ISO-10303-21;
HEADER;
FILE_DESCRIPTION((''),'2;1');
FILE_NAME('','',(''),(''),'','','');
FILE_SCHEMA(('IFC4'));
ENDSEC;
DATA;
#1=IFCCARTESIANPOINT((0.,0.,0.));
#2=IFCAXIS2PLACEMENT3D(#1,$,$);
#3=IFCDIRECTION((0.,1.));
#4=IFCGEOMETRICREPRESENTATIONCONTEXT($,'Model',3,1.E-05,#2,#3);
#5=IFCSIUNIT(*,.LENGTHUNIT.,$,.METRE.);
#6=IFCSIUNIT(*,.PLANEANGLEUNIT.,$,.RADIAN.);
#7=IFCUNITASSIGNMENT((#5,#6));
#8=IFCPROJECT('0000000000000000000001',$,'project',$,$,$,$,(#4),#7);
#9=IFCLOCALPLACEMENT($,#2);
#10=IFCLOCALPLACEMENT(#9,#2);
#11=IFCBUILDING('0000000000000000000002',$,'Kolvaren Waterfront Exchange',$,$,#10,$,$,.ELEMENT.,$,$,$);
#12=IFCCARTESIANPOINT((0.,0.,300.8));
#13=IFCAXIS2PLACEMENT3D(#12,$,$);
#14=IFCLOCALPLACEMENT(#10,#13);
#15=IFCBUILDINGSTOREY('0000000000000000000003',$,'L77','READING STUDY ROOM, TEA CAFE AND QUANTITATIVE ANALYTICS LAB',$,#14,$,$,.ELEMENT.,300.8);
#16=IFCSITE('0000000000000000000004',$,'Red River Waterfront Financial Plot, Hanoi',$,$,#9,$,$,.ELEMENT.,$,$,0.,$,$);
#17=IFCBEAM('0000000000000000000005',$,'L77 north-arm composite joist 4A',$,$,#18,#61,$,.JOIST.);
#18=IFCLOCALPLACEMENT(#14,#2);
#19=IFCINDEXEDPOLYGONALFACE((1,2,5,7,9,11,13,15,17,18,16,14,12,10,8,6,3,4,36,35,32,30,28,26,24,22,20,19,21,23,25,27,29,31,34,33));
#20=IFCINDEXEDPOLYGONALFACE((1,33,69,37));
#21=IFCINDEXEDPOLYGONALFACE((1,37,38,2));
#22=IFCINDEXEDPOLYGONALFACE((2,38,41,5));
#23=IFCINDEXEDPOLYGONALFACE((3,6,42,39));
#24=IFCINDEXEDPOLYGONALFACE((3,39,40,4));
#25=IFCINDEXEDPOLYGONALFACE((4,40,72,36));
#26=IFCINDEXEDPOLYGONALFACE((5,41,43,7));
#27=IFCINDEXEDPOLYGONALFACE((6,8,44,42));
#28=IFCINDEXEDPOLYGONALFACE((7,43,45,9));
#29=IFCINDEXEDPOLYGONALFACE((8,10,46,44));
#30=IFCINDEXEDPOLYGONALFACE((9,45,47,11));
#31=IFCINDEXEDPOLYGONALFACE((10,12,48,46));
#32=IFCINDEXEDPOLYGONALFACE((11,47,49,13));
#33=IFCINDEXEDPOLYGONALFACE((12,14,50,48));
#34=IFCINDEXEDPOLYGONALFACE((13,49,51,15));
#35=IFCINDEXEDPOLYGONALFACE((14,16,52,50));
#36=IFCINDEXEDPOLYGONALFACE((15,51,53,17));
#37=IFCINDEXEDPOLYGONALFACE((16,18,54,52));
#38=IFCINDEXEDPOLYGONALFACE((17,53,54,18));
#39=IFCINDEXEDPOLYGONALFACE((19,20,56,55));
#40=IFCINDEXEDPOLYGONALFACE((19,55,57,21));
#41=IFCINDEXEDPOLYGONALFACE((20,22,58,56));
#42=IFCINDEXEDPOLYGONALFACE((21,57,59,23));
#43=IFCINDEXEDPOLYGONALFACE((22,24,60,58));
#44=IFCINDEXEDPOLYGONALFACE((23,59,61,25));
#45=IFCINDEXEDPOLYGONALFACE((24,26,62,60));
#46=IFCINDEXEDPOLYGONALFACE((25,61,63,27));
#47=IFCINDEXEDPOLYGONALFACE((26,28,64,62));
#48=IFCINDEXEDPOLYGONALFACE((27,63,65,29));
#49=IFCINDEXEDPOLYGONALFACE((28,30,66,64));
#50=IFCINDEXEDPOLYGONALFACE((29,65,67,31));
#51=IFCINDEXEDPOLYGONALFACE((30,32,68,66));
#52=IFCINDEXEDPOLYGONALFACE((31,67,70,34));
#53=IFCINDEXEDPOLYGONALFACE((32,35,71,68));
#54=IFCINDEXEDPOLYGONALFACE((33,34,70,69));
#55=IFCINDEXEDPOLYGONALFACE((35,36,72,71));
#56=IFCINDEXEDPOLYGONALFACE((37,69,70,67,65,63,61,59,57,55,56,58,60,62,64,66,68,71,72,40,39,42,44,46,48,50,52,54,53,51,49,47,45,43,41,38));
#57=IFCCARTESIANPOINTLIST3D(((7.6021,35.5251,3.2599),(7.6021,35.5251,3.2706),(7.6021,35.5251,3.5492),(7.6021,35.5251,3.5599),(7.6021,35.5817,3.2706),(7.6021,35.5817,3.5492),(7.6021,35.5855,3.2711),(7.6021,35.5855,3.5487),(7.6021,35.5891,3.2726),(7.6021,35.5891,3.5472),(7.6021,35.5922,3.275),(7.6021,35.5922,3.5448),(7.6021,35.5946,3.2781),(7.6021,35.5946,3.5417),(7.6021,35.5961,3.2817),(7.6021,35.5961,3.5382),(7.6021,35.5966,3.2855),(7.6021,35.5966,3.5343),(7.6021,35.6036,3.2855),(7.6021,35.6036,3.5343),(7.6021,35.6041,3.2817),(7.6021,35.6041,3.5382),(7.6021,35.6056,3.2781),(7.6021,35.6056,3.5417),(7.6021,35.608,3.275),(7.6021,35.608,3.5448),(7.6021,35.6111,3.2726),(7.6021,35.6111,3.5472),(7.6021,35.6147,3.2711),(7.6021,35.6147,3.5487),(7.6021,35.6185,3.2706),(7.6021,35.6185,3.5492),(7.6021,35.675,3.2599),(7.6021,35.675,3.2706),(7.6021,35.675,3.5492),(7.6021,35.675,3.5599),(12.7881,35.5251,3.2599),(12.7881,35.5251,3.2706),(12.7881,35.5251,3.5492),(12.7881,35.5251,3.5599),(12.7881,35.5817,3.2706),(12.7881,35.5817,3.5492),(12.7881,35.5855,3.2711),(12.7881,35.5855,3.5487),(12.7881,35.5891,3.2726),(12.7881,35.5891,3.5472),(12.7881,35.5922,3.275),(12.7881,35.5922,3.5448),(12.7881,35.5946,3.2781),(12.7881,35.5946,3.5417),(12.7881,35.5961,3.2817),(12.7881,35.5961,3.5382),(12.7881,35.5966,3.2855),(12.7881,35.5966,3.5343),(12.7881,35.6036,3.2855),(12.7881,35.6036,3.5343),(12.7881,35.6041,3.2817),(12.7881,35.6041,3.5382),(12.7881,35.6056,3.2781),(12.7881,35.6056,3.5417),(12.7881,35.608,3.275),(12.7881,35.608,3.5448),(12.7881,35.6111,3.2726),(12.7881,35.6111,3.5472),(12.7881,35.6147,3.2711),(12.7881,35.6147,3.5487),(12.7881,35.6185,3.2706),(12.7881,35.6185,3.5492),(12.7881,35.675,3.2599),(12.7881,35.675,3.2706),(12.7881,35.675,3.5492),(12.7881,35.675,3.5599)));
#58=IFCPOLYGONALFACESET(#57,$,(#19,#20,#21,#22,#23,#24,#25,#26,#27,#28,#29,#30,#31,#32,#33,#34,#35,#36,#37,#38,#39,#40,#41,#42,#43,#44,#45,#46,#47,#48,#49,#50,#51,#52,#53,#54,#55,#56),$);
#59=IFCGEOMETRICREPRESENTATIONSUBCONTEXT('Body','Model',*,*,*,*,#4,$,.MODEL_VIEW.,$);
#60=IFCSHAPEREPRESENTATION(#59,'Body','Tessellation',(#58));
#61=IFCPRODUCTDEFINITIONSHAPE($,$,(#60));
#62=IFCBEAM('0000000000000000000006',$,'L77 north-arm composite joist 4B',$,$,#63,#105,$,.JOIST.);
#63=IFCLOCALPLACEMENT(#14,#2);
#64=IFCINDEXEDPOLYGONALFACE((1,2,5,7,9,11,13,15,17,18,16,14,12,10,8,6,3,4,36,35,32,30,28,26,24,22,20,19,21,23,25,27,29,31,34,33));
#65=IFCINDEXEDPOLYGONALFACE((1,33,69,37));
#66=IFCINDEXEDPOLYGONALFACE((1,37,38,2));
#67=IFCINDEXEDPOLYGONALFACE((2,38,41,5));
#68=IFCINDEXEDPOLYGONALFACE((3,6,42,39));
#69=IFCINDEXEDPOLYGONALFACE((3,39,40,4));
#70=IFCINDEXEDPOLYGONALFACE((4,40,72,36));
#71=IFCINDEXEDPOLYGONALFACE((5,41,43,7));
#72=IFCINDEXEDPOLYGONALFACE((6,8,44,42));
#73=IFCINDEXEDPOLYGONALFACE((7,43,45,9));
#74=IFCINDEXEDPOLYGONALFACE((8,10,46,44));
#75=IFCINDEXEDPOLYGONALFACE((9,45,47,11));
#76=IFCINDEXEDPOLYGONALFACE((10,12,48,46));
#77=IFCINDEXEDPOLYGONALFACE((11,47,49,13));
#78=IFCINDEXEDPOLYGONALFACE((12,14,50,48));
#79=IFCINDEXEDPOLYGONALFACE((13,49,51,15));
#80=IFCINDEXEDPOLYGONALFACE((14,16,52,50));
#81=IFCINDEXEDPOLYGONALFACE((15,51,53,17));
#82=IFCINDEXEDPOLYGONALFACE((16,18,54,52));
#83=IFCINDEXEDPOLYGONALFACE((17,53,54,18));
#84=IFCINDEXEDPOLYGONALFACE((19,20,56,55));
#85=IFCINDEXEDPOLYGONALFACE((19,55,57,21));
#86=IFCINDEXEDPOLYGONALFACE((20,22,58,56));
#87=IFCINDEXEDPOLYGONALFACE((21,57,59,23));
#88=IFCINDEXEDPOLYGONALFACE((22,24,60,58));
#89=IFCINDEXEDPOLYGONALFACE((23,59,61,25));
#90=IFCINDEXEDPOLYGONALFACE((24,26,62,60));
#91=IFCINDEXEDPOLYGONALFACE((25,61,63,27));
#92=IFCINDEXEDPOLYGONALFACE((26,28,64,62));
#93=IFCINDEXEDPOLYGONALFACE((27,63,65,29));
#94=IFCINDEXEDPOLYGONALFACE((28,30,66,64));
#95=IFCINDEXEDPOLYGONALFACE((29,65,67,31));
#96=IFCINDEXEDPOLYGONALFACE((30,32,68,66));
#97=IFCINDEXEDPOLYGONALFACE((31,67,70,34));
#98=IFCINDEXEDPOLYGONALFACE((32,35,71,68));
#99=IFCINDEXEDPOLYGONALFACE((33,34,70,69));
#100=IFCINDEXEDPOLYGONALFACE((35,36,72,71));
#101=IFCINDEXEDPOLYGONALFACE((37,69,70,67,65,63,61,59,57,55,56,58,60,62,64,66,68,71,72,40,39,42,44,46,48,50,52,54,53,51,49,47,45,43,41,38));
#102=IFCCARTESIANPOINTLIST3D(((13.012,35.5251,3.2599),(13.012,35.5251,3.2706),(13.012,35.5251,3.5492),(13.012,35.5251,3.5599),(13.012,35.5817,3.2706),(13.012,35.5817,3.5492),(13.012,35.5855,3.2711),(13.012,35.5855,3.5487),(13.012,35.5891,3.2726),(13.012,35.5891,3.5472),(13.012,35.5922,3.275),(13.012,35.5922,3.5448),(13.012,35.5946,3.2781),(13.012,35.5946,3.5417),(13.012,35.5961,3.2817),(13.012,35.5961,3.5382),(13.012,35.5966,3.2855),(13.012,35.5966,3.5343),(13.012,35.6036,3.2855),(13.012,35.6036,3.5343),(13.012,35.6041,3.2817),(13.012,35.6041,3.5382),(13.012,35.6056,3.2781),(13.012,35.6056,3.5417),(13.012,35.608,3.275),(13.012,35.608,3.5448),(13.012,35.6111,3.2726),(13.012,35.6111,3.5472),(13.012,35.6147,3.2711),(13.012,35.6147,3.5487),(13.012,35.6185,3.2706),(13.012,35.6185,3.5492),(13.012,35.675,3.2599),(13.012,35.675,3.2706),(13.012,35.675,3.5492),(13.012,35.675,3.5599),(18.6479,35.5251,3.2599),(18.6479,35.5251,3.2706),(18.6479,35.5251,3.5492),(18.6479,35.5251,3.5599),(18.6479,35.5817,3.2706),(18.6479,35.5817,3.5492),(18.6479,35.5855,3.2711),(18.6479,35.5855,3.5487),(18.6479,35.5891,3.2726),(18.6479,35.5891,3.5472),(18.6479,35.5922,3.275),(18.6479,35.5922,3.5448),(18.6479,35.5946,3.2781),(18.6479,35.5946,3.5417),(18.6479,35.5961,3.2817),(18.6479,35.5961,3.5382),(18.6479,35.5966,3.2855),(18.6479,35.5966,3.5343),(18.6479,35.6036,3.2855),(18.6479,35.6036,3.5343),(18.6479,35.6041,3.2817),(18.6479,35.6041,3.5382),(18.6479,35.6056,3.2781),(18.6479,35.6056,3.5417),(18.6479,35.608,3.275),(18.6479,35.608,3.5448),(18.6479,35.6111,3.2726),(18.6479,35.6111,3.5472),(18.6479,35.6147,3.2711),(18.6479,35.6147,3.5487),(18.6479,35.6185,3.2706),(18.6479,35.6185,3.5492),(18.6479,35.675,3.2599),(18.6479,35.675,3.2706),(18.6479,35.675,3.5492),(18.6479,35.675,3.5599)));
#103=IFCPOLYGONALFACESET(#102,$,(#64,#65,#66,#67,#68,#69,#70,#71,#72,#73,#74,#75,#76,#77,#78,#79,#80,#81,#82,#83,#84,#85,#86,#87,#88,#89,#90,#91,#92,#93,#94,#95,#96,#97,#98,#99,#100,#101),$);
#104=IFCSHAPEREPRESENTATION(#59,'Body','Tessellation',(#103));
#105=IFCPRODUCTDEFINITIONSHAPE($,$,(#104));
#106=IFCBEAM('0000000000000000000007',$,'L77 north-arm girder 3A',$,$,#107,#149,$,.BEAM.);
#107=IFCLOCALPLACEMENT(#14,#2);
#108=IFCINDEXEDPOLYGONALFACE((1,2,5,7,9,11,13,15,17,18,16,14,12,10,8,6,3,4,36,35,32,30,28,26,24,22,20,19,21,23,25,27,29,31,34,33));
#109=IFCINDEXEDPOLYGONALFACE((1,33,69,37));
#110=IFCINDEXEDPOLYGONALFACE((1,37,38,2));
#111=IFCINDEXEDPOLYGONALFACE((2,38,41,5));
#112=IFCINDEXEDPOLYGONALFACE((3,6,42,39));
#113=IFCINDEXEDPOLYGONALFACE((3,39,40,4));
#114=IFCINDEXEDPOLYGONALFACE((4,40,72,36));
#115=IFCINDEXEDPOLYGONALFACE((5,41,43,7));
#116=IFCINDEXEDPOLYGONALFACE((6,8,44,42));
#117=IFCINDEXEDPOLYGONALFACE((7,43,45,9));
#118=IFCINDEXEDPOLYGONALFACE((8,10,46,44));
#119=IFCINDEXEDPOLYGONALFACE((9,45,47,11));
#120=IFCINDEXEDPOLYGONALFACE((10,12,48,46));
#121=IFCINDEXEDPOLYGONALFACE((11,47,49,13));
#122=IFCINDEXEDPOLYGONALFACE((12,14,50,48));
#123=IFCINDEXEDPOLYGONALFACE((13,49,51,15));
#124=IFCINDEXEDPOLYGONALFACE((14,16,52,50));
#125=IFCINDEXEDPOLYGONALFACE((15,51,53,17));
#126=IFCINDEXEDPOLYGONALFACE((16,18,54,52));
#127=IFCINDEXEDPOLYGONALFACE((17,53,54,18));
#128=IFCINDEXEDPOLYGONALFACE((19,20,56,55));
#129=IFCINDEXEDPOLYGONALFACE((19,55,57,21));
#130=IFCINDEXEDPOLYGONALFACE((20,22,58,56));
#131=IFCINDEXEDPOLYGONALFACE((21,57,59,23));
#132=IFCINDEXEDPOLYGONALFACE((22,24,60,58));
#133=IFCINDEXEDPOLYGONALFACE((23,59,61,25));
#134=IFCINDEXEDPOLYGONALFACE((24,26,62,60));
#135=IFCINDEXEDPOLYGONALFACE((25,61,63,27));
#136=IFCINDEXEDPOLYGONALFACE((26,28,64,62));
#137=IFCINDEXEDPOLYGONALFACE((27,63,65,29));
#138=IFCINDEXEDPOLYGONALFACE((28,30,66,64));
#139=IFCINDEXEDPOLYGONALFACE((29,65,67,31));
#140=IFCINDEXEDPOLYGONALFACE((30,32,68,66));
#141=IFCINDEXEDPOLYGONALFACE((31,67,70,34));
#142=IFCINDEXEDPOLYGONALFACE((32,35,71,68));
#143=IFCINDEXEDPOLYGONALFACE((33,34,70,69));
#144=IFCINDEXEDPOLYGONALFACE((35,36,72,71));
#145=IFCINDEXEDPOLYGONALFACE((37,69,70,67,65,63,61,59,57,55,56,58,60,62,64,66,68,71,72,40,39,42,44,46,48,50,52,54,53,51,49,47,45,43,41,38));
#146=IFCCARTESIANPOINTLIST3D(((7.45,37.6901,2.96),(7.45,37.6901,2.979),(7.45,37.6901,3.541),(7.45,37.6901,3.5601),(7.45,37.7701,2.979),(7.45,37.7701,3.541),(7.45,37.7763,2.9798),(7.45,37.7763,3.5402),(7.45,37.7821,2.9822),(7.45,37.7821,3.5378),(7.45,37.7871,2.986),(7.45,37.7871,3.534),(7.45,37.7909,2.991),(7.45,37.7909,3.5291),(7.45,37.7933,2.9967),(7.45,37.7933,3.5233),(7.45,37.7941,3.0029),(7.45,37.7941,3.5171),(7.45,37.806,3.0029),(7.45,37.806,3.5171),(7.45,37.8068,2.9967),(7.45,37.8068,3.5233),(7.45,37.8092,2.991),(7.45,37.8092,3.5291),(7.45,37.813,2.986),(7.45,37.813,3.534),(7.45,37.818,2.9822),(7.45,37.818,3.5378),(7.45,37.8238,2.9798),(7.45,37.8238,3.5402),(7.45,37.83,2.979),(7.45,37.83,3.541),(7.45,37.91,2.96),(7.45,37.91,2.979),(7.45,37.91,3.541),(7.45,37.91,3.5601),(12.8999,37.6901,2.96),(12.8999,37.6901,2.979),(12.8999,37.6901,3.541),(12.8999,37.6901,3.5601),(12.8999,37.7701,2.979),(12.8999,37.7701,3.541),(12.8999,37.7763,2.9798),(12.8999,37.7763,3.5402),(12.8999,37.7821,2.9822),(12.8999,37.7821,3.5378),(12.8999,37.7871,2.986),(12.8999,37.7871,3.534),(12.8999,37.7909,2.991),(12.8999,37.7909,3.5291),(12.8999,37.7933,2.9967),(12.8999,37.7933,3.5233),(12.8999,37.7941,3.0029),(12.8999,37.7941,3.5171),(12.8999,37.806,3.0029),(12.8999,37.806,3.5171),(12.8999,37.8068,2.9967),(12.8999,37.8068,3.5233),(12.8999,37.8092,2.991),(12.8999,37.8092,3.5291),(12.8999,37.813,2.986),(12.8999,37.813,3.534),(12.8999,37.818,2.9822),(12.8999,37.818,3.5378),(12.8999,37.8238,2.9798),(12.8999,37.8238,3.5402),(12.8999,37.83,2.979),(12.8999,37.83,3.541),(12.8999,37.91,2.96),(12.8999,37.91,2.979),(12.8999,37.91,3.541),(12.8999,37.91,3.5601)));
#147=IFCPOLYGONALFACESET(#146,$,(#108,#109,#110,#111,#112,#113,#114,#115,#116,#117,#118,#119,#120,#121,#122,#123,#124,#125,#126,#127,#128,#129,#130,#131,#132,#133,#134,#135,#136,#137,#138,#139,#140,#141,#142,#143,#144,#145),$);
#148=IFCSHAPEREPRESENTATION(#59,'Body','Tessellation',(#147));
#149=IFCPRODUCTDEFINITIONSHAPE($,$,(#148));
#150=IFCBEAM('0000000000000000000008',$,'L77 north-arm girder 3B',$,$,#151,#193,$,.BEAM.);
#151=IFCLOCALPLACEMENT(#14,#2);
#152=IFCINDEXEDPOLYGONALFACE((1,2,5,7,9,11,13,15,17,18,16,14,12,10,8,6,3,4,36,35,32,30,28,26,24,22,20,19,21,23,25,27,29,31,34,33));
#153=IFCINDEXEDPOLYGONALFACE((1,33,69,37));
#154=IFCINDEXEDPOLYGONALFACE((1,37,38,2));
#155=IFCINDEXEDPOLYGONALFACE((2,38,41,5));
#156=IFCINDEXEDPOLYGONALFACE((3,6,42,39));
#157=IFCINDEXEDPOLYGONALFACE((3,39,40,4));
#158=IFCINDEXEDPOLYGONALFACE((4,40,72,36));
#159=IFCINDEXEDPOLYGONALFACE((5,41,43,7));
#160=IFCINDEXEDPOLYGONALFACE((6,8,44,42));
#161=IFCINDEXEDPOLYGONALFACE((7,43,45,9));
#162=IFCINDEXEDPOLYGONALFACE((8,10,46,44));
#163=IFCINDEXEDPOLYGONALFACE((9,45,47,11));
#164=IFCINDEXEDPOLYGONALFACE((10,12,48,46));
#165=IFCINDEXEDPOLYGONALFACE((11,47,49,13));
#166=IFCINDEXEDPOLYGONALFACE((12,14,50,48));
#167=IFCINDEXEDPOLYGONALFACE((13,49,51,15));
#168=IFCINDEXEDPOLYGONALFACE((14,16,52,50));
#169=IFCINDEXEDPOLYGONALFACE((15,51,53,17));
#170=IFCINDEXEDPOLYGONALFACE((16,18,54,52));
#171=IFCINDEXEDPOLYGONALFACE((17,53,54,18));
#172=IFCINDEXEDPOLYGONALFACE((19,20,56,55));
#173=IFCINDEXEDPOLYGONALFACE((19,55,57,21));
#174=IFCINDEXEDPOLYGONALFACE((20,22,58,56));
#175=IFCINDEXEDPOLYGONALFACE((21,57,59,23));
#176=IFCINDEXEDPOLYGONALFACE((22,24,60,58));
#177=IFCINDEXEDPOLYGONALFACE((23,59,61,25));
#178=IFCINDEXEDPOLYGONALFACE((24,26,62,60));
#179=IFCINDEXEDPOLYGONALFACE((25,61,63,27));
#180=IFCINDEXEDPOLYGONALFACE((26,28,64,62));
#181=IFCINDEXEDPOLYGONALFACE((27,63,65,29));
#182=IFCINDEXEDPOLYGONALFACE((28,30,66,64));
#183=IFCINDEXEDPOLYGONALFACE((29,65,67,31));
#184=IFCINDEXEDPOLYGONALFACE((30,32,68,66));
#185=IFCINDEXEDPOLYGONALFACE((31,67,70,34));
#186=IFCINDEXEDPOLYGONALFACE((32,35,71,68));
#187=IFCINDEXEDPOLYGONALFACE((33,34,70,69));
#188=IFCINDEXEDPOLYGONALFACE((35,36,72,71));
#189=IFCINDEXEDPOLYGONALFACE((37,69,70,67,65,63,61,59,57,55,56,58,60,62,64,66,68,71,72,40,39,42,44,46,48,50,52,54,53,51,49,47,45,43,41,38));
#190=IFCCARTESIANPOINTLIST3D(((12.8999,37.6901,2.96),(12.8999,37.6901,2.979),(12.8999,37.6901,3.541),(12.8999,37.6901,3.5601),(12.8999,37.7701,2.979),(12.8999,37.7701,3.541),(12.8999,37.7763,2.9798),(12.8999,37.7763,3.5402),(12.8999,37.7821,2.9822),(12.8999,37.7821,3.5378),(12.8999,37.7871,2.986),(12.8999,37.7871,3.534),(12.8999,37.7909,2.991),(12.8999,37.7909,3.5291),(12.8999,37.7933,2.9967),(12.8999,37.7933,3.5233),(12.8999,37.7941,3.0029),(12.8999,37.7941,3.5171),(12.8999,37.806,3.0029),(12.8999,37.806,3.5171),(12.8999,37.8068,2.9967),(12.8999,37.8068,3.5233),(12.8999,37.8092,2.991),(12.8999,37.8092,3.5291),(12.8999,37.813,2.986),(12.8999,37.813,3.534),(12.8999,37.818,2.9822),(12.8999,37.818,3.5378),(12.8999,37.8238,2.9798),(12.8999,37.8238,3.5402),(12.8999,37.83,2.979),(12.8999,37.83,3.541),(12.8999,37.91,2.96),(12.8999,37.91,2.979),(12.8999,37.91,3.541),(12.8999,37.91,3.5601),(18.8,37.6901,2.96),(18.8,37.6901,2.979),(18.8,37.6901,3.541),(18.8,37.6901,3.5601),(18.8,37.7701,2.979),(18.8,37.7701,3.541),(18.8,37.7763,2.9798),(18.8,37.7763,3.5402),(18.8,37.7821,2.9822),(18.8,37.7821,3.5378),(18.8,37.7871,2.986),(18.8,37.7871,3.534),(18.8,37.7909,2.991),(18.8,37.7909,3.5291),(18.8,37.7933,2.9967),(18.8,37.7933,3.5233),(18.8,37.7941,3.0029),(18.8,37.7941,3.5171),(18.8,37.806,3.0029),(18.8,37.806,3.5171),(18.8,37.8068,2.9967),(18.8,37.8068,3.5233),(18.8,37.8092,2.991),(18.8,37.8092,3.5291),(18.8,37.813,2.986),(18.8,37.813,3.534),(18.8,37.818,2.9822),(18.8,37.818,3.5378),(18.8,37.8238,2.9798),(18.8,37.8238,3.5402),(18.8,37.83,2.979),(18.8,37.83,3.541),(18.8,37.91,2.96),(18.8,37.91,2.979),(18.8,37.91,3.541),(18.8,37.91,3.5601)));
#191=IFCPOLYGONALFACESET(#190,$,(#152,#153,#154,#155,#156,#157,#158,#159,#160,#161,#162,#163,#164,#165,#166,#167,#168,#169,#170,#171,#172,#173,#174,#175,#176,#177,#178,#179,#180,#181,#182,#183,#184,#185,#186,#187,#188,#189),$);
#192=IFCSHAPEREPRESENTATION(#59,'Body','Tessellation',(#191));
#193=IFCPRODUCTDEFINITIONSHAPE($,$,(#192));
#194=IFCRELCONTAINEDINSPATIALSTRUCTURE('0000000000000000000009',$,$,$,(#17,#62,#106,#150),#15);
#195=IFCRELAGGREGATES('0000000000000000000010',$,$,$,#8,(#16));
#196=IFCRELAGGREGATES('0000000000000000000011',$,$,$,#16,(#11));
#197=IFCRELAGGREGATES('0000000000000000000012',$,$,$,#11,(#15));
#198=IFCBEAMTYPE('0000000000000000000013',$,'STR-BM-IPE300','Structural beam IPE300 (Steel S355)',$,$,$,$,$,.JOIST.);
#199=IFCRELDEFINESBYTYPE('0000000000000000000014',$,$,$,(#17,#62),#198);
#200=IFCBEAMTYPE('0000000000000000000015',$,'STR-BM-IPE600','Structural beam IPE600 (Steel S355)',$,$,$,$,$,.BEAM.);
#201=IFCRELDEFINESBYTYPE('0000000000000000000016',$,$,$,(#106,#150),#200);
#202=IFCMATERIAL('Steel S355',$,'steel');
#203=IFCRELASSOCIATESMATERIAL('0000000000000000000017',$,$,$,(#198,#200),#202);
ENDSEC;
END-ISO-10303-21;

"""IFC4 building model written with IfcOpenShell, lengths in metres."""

from ifc_helpers import new_model, si_unit, direction, frame, origin, origin_2d, place, context, subcontext, project, spatial, i_section, extrude, material, material_profile, profile_set, type_object, element, save


model = new_model("IFC4")

# Units and contexts
model_context = context("Model", 3, precision=1e-05, world=origin(), true_north=direction((0.0, 1.0)))
body_context = subcontext(model_context, "Body", "Model", "MODEL_VIEW")
ifc_project = project(units=[si_unit("LENGTHUNIT", "METRE"), si_unit("PLANEANGLEUNIT", "RADIAN")], contexts=[model_context])

# Site, building, storey
site_placement = place(None, origin())
site = spatial("IfcSite", under=ifc_project, at=site_placement, Name="Red River Waterfront Financial Plot, Hanoi", CompositionType="ELEMENT", RefElevation=0.0)
building_placement = place(site_placement, origin())
building = spatial("IfcBuilding", under=site, at=building_placement, Name="Kolvaren Waterfront Exchange", CompositionType="ELEMENT")
storey_placement = place(building_placement, frame((0.0, 0.0, 300.8)))
storey = spatial("IfcBuildingStorey", under=building, at=storey_placement, Name="L77", Description="READING STUDY ROOM, TEA CAFE AND QUANTITATIVE ANALYTICS LAB", CompositionType="ELEMENT", Elevation=300.8)

# Beams
ifc_material_1 = material(Name="Steel S355", Category="steel")
ifc_material_profile_1 = material_profile(ifc_material_1, i_section(OverallWidth=0.1499, OverallDepth=0.3, WebThickness=0.0071, FlangeThickness=0.0107, FilletRadius=0.0149, at=origin_2d()), Name="IPE300")
ifc_profile_set_1 = profile_set([ifc_material_profile_1], Name="Steel S355")
beam_type_1 = type_object("IfcBeamType", Name="STR-BM-IPE300", Description="Structural beam IPE300 (Steel S355)", PredefinedType="JOIST", material=ifc_profile_set_1)
beam_1_placement = place(storey_placement, frame((7.6021, 35.6001, 3.4099), z_axis=(1.0, 0.0, 0.0), x_axis=(0.0, 1.0, 0.0)))
element("IfcBeam", 1, at=beam_1_placement, inside=storey, type_object=beam_type_1, Name="L77 north-arm composite joist 4A", PredefinedType="JOIST", context=body_context, shape_type="SweptSolid", body=[
    extrude(i_section(OverallWidth=0.1499, OverallDepth=0.3, WebThickness=0.0071, FlangeThickness=0.0107, FilletRadius=0.0149, at=origin_2d()), origin(), (0.0, 0.0, 1.0), 5.186),
])
beam_2_placement = place(storey_placement, frame((13.012, 35.6001, 3.4099), z_axis=(1.0, 0.0, 0.0), x_axis=(0.0, 1.0, 0.0)))
element("IfcBeam", 2, at=beam_2_placement, inside=storey, type_object=beam_type_1, Name="L77 north-arm composite joist 4B", PredefinedType="JOIST", context=body_context, shape_type="SweptSolid", body=[
    extrude(i_section(OverallWidth=0.1499, OverallDepth=0.3, WebThickness=0.0071, FlangeThickness=0.0107, FilletRadius=0.0149, at=origin_2d()), origin(), (0.0, 0.0, 1.0), 5.636),
])
ifc_material_profile_2 = material_profile(ifc_material_1, i_section(OverallWidth=0.22, OverallDepth=0.6001, WebThickness=0.012, FlangeThickness=0.019, FilletRadius=0.0239, at=origin_2d()), Name="IPE600")
ifc_profile_set_2 = profile_set([ifc_material_profile_2], Name="Steel S355")
beam_type_2 = type_object("IfcBeamType", Name="STR-BM-IPE600", Description="Structural beam IPE600 (Steel S355)", PredefinedType="BEAM", material=ifc_profile_set_2)
beam_3_placement = place(storey_placement, frame((7.45, 37.8, 3.26), z_axis=(1.0, 0.0, 0.0), x_axis=(0.0, 1.0, 0.0)))
element("IfcBeam", 3, at=beam_3_placement, inside=storey, type_object=beam_type_2, Name="L77 north-arm girder 3A", PredefinedType="BEAM", context=body_context, shape_type="SweptSolid", body=[
    extrude(i_section(OverallWidth=0.22, OverallDepth=0.6001, WebThickness=0.012, FlangeThickness=0.019, FilletRadius=0.0239, at=origin_2d()), origin(), (0.0, 0.0, 1.0), 5.45),
])
beam_4_placement = place(storey_placement, frame((12.8999, 37.8, 3.26), z_axis=(1.0, 0.0, 0.0), x_axis=(0.0, 1.0, 0.0)))
element("IfcBeam", 4, at=beam_4_placement, inside=storey, type_object=beam_type_2, Name="L77 north-arm girder 3B", PredefinedType="BEAM", context=body_context, shape_type="SweptSolid", body=[
    extrude(i_section(OverallWidth=0.22, OverallDepth=0.6001, WebThickness=0.012, FlangeThickness=0.019, FilletRadius=0.0239, at=origin_2d()), origin(), (0.0, 0.0, 1.0), 5.9001),
])

save(model, "model.ifc")
